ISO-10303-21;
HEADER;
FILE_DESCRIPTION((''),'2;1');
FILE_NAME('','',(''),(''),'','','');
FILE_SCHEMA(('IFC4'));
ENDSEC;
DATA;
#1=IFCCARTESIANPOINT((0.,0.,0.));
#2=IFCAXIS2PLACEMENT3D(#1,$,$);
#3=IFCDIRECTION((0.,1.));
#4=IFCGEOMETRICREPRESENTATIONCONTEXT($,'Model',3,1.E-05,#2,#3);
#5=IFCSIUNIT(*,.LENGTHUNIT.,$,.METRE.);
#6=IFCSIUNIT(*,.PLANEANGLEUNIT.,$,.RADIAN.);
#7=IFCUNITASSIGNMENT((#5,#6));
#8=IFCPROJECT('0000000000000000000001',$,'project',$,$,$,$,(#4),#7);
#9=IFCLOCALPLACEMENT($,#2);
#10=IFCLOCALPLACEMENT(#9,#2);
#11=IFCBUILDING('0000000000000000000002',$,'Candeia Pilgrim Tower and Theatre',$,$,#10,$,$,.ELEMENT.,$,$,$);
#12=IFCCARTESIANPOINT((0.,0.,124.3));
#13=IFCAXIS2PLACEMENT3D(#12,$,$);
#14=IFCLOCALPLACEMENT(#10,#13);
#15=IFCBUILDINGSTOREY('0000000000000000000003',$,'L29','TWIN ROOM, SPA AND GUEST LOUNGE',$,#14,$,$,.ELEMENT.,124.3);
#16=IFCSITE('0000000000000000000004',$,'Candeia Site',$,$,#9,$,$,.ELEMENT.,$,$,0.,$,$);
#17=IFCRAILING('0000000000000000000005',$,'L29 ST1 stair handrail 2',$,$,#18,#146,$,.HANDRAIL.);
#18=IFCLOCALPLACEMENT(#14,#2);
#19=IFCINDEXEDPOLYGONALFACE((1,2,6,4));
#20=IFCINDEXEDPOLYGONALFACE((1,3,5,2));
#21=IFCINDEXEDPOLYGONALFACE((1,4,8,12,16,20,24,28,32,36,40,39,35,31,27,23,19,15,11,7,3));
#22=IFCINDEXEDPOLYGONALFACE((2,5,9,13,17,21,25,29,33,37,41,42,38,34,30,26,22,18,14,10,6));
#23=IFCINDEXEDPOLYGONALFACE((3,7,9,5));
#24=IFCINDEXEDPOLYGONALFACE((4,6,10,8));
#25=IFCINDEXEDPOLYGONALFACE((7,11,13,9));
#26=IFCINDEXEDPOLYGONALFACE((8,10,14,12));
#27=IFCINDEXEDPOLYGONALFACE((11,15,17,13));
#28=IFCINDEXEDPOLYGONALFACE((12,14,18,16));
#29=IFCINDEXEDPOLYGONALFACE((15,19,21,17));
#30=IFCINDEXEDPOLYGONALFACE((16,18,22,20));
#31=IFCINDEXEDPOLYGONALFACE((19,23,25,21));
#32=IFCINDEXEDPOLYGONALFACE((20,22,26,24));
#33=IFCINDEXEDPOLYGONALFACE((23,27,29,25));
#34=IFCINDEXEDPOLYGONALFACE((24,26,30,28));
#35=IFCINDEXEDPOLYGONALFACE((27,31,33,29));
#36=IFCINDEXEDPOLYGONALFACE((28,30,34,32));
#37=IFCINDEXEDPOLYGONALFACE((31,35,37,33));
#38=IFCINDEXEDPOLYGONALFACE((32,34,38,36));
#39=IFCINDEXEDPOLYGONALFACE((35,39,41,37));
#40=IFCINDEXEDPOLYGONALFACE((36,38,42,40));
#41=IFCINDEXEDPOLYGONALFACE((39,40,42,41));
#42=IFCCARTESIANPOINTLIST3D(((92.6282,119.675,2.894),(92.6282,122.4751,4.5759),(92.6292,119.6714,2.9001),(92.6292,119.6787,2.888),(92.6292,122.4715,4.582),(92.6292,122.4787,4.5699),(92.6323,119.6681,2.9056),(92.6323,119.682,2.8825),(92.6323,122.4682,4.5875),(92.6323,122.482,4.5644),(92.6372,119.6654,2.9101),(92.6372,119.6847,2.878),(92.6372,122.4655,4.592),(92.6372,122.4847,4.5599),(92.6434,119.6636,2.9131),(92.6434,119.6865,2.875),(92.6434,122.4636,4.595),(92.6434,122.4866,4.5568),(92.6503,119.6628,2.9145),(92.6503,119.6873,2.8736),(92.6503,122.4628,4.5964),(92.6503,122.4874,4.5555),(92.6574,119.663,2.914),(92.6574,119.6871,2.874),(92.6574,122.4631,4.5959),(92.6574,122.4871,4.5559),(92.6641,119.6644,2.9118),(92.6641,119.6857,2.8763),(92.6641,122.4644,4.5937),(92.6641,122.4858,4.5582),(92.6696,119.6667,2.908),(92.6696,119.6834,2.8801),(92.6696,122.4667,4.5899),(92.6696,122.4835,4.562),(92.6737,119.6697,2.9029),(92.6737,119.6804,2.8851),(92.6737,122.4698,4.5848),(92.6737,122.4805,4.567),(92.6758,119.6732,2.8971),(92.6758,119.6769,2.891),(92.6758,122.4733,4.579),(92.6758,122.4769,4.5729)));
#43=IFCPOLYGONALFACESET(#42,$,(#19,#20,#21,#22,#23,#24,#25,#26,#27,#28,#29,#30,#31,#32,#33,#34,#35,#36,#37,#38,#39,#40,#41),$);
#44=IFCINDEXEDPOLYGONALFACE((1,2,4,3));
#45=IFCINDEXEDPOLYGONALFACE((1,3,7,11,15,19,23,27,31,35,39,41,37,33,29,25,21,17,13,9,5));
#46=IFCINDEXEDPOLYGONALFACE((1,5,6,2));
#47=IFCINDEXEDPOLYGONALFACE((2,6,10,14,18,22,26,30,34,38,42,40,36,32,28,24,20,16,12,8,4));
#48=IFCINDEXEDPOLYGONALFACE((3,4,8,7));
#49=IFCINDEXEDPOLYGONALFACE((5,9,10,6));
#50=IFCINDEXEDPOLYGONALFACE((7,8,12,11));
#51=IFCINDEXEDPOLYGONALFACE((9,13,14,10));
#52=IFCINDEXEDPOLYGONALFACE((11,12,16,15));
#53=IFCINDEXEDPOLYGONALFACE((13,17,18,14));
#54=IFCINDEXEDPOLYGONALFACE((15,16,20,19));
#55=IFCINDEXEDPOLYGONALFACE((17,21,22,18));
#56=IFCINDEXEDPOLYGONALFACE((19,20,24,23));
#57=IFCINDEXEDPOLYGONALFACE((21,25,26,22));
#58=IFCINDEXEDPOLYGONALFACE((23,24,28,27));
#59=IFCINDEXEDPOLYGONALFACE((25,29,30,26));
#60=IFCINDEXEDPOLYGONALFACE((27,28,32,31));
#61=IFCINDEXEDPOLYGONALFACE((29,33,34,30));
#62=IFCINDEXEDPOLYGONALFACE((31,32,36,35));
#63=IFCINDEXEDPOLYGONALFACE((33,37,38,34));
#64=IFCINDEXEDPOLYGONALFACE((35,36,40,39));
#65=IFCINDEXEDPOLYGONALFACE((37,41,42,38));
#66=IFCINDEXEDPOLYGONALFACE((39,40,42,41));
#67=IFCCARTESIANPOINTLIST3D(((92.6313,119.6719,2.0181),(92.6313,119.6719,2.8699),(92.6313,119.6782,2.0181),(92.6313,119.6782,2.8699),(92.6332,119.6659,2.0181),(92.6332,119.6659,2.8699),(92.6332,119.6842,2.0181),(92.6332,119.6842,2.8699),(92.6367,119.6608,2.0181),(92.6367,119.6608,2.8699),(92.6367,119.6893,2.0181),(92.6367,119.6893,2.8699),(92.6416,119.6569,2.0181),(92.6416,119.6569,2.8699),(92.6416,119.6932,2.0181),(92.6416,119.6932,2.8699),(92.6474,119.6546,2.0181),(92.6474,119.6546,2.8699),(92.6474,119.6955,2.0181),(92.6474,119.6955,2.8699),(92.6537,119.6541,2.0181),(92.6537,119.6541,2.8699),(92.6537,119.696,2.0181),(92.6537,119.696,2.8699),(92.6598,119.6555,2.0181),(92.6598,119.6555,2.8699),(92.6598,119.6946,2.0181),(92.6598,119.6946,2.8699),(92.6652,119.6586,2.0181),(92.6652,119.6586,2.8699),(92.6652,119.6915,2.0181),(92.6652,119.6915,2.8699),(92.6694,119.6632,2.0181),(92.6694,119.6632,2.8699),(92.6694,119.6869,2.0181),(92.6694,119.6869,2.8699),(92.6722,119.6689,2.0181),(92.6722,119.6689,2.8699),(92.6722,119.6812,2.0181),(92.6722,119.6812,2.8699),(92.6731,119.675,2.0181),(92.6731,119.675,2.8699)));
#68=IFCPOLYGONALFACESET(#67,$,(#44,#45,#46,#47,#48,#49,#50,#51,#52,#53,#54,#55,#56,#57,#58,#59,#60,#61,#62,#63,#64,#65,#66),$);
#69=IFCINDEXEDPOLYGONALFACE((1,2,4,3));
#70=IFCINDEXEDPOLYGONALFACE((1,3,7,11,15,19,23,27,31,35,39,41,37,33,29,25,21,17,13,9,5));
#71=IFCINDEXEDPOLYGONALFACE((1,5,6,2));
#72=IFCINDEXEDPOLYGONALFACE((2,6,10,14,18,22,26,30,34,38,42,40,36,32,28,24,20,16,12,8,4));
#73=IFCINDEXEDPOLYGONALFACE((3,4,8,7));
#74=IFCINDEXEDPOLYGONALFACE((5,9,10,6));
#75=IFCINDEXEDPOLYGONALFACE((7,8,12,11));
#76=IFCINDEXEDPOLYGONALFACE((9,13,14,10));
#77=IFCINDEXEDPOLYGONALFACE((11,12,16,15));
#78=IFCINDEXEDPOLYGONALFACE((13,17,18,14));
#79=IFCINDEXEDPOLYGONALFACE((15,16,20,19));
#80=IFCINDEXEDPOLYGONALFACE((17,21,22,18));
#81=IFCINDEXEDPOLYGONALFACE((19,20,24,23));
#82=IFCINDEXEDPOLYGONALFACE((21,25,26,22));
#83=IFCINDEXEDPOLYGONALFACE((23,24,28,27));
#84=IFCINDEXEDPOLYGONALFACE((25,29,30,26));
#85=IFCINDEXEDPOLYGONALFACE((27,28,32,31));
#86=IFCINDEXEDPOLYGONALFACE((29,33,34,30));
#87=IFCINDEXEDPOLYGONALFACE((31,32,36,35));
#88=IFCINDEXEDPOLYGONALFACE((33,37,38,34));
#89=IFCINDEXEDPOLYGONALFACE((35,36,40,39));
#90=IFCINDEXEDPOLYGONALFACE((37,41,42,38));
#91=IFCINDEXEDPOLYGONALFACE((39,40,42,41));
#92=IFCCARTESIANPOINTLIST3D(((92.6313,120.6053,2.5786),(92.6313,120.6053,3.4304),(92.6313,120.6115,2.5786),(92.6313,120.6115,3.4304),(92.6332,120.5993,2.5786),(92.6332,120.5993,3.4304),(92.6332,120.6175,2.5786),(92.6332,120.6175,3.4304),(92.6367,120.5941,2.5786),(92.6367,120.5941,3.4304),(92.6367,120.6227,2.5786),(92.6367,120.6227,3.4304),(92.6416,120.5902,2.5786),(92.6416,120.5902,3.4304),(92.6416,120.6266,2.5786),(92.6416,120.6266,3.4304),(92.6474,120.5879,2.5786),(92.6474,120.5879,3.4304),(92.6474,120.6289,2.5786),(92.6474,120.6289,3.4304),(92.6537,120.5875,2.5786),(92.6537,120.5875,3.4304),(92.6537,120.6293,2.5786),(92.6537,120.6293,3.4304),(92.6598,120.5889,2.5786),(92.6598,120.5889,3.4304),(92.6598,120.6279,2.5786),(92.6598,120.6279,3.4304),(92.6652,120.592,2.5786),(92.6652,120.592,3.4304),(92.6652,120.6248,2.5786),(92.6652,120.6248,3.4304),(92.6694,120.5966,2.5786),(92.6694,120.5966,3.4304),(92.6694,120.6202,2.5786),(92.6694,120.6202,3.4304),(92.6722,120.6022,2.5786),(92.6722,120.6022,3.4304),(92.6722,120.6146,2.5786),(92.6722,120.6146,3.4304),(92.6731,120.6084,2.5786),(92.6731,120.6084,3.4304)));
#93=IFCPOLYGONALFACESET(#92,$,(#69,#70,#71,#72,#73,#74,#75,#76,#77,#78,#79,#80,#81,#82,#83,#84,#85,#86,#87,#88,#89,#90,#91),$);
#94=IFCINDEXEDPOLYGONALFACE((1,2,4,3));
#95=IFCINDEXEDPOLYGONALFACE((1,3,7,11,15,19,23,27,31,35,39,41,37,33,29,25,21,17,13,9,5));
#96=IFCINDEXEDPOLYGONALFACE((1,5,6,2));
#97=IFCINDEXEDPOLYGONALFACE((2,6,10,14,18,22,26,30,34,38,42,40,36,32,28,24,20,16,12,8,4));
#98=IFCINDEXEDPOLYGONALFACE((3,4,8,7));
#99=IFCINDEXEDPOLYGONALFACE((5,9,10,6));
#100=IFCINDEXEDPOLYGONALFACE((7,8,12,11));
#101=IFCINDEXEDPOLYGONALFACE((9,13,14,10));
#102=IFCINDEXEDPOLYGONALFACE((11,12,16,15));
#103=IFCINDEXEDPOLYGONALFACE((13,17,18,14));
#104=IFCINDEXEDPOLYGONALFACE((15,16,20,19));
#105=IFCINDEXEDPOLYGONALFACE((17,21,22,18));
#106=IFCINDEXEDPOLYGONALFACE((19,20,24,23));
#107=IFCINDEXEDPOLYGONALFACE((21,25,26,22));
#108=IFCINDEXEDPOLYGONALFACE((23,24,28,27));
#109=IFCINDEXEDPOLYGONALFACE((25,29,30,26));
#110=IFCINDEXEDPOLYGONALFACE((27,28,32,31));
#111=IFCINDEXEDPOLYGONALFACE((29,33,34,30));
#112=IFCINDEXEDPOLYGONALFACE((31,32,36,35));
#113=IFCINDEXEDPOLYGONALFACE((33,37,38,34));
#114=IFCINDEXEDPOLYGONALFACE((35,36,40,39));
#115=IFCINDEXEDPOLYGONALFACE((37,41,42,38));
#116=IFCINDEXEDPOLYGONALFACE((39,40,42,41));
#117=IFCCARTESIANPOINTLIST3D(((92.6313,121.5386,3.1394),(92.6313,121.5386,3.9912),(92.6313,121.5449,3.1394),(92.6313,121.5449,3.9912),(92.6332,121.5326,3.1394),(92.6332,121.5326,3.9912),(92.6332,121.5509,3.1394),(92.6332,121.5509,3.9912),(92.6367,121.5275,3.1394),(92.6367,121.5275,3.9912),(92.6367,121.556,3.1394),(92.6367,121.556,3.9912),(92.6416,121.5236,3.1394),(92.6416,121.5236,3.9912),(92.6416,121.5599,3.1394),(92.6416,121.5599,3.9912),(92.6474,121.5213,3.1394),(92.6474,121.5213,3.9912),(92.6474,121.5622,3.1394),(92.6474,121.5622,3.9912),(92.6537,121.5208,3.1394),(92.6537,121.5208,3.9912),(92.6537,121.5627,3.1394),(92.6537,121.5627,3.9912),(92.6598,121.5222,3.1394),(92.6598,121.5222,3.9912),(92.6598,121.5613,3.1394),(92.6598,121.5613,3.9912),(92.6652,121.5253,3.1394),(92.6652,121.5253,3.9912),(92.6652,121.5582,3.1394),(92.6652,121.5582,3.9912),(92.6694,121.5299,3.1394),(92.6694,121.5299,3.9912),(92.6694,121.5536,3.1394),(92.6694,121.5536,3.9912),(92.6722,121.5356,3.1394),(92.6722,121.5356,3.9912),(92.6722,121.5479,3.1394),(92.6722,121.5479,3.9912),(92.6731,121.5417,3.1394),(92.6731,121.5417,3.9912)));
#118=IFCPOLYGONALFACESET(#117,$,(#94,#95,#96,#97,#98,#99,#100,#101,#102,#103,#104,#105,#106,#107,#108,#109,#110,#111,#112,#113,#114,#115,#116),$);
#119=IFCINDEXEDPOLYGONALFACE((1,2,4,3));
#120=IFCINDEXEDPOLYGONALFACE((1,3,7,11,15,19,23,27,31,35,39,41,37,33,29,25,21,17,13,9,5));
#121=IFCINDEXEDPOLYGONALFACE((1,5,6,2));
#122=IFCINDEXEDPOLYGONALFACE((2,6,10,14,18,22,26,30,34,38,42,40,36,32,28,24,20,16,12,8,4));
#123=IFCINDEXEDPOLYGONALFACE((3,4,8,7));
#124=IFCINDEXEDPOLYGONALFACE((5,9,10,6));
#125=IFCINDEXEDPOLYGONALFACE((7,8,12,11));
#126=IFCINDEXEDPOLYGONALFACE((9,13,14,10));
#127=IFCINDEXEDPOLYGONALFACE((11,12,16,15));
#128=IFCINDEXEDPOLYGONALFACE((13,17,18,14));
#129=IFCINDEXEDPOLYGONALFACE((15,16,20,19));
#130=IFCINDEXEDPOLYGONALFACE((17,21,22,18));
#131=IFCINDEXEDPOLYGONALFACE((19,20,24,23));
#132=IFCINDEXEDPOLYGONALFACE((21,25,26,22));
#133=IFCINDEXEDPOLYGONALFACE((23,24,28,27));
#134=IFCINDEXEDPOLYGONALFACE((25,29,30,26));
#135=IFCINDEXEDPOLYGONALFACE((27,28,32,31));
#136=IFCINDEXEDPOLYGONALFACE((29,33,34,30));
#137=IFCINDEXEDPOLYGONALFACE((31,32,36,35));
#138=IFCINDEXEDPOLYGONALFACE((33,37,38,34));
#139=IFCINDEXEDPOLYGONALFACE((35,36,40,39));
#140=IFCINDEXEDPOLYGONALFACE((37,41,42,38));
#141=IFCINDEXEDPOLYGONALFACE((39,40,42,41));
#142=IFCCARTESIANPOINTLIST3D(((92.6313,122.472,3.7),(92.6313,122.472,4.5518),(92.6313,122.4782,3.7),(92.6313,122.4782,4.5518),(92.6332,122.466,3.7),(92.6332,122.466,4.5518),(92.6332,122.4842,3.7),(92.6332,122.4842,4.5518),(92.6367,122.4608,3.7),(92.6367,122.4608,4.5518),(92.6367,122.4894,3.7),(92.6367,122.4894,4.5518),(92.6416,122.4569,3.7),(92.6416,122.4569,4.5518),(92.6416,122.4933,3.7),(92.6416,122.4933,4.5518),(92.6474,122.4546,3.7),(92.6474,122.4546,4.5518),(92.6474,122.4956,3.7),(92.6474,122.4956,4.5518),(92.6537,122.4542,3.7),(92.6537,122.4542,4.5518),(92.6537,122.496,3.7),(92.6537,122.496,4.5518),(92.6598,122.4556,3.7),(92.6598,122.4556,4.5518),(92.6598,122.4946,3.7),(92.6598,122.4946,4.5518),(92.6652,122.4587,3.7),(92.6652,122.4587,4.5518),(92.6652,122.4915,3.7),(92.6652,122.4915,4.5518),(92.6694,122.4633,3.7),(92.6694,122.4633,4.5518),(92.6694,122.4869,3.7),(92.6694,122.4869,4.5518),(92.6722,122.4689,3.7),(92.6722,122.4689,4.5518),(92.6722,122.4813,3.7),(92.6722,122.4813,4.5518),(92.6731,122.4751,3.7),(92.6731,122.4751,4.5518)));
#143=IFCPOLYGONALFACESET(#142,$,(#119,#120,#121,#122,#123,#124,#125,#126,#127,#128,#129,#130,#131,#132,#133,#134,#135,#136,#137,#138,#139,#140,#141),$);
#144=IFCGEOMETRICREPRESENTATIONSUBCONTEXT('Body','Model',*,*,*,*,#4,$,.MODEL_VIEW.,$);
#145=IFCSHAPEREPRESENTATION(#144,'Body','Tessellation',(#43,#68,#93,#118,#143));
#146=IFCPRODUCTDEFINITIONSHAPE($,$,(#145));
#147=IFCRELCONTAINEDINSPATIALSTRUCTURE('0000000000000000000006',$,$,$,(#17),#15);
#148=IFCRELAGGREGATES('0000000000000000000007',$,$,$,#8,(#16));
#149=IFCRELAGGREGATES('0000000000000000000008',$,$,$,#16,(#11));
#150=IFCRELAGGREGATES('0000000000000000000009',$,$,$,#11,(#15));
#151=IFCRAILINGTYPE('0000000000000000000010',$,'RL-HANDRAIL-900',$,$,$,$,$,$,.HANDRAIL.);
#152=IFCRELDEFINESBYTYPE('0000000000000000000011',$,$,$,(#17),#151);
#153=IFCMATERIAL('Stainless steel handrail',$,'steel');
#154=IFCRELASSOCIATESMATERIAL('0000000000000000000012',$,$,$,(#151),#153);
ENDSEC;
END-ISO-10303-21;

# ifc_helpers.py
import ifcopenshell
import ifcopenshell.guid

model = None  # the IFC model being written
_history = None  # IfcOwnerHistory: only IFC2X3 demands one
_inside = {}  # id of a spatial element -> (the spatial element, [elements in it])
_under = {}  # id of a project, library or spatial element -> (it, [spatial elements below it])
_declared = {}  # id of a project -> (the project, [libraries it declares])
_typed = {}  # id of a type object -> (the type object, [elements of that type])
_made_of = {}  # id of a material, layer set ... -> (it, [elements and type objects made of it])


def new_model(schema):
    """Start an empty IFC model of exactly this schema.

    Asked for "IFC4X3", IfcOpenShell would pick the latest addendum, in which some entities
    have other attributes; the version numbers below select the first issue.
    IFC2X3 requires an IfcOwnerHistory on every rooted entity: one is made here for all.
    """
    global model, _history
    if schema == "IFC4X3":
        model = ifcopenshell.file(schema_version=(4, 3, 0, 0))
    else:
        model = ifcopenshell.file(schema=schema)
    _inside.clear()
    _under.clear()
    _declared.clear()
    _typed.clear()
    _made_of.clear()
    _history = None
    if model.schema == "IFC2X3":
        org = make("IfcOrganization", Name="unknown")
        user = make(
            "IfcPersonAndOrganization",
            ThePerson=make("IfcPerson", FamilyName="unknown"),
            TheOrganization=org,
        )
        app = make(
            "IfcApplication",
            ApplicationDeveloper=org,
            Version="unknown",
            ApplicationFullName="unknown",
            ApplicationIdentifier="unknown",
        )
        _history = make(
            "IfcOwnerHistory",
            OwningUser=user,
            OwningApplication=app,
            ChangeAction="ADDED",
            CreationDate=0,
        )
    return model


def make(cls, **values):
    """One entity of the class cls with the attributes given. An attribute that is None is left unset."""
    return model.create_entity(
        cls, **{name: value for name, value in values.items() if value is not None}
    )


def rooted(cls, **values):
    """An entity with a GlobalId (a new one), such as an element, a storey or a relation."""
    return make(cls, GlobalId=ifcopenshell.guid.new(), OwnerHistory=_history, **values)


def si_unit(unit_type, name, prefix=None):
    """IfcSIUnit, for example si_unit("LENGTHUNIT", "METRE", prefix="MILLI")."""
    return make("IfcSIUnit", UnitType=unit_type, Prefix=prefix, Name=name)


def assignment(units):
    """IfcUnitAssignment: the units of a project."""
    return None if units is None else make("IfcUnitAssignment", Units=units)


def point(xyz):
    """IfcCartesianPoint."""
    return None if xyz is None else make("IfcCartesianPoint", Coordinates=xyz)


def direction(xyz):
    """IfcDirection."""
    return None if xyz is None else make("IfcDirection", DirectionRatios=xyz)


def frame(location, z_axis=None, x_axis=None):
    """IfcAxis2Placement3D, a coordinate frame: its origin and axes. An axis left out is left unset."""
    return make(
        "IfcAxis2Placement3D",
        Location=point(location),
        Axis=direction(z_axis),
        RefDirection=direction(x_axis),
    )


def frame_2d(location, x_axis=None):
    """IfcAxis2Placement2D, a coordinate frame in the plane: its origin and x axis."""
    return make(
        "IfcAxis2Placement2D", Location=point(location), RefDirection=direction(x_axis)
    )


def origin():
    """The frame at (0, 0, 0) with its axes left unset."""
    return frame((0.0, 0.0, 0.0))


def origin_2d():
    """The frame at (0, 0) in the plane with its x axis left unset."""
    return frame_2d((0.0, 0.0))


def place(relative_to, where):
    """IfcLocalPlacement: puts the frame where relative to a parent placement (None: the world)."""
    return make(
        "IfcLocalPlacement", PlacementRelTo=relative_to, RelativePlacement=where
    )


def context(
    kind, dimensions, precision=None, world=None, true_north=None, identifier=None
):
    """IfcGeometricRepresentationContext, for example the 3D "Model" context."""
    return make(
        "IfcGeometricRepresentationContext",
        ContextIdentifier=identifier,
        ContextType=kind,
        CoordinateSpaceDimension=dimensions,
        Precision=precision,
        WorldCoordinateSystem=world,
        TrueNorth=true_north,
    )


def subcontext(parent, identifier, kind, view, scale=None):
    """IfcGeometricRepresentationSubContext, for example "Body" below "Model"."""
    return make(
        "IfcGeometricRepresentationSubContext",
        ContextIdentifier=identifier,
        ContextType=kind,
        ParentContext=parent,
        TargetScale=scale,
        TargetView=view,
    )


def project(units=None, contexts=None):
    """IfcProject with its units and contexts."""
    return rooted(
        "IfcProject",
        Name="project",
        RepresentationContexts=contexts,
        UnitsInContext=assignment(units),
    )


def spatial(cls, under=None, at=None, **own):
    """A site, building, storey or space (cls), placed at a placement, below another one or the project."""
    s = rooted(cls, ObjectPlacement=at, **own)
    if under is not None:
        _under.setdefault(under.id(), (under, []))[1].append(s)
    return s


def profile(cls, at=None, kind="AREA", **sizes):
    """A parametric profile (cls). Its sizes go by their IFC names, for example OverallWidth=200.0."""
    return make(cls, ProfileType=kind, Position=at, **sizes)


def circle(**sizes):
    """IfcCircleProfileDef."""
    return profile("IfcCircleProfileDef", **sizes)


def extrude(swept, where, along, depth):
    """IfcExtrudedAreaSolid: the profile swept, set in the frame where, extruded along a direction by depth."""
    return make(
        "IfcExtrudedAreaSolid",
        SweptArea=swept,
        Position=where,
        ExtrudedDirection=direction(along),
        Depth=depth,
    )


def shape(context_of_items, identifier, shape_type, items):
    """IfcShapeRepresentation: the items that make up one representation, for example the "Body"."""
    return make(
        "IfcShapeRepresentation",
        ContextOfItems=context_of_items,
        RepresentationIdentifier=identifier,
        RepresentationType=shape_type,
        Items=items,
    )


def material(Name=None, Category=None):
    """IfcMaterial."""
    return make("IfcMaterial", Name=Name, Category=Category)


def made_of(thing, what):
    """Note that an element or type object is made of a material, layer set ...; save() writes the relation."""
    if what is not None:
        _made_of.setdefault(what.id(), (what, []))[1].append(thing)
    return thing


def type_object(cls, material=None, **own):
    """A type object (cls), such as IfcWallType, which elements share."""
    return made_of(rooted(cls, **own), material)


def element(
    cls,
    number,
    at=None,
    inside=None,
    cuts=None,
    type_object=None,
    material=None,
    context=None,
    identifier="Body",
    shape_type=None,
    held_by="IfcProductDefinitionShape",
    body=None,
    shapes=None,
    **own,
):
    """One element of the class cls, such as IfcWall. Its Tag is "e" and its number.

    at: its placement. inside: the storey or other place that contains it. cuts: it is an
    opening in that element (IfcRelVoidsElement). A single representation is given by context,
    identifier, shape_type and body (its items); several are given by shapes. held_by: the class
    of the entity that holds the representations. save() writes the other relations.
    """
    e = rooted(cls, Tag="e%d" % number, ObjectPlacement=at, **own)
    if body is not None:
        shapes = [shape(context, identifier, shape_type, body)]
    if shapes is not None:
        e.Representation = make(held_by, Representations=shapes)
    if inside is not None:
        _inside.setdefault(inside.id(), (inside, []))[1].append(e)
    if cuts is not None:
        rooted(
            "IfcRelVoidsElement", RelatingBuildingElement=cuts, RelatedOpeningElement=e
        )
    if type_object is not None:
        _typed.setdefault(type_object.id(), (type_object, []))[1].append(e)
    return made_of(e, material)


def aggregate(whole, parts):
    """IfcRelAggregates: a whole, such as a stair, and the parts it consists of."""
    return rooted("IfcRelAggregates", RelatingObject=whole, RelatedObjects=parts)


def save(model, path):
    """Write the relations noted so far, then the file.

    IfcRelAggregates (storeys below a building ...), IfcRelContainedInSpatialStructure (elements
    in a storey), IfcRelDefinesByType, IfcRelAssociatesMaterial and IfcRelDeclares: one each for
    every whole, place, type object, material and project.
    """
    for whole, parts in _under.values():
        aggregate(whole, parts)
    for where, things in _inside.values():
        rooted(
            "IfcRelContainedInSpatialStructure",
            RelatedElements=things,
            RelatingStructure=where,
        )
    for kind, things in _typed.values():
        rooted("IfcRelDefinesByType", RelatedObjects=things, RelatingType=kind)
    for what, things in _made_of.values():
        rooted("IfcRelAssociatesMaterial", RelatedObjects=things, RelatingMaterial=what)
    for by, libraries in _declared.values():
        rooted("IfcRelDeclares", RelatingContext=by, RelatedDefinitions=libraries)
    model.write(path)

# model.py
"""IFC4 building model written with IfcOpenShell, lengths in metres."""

from ifc_helpers import new_model, si_unit, direction, frame, origin, origin_2d, place, context, subcontext, project, spatial, circle, extrude, material, type_object, element, save


model = new_model("IFC4")

# Units and contexts
model_context = context("Model", 3, precision=1e-05, world=origin(), true_north=direction((0.0, 1.0)))
body_context = subcontext(model_context, "Body", "Model", "MODEL_VIEW")
ifc_project = project(units=[si_unit("LENGTHUNIT", "METRE"), si_unit("PLANEANGLEUNIT", "RADIAN")], contexts=[model_context])

# Site, building, storey
site_placement = place(None, origin())
site = spatial("IfcSite", under=ifc_project, at=site_placement, Name="Candeia Site", CompositionType="ELEMENT", RefElevation=0.0)
building_placement = place(site_placement, origin())
building = spatial("IfcBuilding", under=site, at=building_placement, Name="Candeia Pilgrim Tower and Theatre", CompositionType="ELEMENT")
storey_placement = place(building_placement, frame((0.0, 0.0, 124.3)))
storey = spatial("IfcBuildingStorey", under=building, at=storey_placement, Name="L29", Description="TWIN ROOM, SPA AND GUEST LOUNGE", CompositionType="ELEMENT", Elevation=124.3)

# Railing
ifc_material_1 = material(Name="Stainless steel handrail", Category="steel")
railing_type = type_object("IfcRailingType", Name="RL-HANDRAIL-900", PredefinedType="HANDRAIL", material=ifc_material_1)
for number, where, name in (
    (1, (92.6521, 119.675, 2.0181), "L29 ST1 stair handrail 2"),
):
    element("IfcRailing", number, at=place(storey_placement, frame(where)), inside=storey, type_object=railing_type, Name=name, PredefinedType="HANDRAIL", context=body_context, shape_type="SweptSolid", body=[
        extrude(circle(Radius=0.0239, at=origin_2d()), frame((0.0, 0.0, 0.876), z_axis=(0.0, 0.857242, 0.514913), x_axis=(-1.0, 0.0, 0.0)), (0.0, 0.0, 1.0), 3.2664),
        extrude(circle(Radius=0.021, at=origin_2d()), origin(), (0.0, 0.0, 1.0), 0.8518),
        extrude(circle(Radius=0.021, at=origin_2d()), frame((0.0, 0.9333, 0.5605)), (0.0, 0.0, 1.0), 0.8518),
        extrude(circle(Radius=0.021, at=origin_2d()), frame((0.0, 1.8667, 1.1213)), (0.0, 0.0, 1.0), 0.8518),
        extrude(circle(Radius=0.021, at=origin_2d()), frame((0.0, 2.8, 1.6819)), (0.0, 0.0, 1.0), 0.8518),
    ])

save(model, "model.ifc")
